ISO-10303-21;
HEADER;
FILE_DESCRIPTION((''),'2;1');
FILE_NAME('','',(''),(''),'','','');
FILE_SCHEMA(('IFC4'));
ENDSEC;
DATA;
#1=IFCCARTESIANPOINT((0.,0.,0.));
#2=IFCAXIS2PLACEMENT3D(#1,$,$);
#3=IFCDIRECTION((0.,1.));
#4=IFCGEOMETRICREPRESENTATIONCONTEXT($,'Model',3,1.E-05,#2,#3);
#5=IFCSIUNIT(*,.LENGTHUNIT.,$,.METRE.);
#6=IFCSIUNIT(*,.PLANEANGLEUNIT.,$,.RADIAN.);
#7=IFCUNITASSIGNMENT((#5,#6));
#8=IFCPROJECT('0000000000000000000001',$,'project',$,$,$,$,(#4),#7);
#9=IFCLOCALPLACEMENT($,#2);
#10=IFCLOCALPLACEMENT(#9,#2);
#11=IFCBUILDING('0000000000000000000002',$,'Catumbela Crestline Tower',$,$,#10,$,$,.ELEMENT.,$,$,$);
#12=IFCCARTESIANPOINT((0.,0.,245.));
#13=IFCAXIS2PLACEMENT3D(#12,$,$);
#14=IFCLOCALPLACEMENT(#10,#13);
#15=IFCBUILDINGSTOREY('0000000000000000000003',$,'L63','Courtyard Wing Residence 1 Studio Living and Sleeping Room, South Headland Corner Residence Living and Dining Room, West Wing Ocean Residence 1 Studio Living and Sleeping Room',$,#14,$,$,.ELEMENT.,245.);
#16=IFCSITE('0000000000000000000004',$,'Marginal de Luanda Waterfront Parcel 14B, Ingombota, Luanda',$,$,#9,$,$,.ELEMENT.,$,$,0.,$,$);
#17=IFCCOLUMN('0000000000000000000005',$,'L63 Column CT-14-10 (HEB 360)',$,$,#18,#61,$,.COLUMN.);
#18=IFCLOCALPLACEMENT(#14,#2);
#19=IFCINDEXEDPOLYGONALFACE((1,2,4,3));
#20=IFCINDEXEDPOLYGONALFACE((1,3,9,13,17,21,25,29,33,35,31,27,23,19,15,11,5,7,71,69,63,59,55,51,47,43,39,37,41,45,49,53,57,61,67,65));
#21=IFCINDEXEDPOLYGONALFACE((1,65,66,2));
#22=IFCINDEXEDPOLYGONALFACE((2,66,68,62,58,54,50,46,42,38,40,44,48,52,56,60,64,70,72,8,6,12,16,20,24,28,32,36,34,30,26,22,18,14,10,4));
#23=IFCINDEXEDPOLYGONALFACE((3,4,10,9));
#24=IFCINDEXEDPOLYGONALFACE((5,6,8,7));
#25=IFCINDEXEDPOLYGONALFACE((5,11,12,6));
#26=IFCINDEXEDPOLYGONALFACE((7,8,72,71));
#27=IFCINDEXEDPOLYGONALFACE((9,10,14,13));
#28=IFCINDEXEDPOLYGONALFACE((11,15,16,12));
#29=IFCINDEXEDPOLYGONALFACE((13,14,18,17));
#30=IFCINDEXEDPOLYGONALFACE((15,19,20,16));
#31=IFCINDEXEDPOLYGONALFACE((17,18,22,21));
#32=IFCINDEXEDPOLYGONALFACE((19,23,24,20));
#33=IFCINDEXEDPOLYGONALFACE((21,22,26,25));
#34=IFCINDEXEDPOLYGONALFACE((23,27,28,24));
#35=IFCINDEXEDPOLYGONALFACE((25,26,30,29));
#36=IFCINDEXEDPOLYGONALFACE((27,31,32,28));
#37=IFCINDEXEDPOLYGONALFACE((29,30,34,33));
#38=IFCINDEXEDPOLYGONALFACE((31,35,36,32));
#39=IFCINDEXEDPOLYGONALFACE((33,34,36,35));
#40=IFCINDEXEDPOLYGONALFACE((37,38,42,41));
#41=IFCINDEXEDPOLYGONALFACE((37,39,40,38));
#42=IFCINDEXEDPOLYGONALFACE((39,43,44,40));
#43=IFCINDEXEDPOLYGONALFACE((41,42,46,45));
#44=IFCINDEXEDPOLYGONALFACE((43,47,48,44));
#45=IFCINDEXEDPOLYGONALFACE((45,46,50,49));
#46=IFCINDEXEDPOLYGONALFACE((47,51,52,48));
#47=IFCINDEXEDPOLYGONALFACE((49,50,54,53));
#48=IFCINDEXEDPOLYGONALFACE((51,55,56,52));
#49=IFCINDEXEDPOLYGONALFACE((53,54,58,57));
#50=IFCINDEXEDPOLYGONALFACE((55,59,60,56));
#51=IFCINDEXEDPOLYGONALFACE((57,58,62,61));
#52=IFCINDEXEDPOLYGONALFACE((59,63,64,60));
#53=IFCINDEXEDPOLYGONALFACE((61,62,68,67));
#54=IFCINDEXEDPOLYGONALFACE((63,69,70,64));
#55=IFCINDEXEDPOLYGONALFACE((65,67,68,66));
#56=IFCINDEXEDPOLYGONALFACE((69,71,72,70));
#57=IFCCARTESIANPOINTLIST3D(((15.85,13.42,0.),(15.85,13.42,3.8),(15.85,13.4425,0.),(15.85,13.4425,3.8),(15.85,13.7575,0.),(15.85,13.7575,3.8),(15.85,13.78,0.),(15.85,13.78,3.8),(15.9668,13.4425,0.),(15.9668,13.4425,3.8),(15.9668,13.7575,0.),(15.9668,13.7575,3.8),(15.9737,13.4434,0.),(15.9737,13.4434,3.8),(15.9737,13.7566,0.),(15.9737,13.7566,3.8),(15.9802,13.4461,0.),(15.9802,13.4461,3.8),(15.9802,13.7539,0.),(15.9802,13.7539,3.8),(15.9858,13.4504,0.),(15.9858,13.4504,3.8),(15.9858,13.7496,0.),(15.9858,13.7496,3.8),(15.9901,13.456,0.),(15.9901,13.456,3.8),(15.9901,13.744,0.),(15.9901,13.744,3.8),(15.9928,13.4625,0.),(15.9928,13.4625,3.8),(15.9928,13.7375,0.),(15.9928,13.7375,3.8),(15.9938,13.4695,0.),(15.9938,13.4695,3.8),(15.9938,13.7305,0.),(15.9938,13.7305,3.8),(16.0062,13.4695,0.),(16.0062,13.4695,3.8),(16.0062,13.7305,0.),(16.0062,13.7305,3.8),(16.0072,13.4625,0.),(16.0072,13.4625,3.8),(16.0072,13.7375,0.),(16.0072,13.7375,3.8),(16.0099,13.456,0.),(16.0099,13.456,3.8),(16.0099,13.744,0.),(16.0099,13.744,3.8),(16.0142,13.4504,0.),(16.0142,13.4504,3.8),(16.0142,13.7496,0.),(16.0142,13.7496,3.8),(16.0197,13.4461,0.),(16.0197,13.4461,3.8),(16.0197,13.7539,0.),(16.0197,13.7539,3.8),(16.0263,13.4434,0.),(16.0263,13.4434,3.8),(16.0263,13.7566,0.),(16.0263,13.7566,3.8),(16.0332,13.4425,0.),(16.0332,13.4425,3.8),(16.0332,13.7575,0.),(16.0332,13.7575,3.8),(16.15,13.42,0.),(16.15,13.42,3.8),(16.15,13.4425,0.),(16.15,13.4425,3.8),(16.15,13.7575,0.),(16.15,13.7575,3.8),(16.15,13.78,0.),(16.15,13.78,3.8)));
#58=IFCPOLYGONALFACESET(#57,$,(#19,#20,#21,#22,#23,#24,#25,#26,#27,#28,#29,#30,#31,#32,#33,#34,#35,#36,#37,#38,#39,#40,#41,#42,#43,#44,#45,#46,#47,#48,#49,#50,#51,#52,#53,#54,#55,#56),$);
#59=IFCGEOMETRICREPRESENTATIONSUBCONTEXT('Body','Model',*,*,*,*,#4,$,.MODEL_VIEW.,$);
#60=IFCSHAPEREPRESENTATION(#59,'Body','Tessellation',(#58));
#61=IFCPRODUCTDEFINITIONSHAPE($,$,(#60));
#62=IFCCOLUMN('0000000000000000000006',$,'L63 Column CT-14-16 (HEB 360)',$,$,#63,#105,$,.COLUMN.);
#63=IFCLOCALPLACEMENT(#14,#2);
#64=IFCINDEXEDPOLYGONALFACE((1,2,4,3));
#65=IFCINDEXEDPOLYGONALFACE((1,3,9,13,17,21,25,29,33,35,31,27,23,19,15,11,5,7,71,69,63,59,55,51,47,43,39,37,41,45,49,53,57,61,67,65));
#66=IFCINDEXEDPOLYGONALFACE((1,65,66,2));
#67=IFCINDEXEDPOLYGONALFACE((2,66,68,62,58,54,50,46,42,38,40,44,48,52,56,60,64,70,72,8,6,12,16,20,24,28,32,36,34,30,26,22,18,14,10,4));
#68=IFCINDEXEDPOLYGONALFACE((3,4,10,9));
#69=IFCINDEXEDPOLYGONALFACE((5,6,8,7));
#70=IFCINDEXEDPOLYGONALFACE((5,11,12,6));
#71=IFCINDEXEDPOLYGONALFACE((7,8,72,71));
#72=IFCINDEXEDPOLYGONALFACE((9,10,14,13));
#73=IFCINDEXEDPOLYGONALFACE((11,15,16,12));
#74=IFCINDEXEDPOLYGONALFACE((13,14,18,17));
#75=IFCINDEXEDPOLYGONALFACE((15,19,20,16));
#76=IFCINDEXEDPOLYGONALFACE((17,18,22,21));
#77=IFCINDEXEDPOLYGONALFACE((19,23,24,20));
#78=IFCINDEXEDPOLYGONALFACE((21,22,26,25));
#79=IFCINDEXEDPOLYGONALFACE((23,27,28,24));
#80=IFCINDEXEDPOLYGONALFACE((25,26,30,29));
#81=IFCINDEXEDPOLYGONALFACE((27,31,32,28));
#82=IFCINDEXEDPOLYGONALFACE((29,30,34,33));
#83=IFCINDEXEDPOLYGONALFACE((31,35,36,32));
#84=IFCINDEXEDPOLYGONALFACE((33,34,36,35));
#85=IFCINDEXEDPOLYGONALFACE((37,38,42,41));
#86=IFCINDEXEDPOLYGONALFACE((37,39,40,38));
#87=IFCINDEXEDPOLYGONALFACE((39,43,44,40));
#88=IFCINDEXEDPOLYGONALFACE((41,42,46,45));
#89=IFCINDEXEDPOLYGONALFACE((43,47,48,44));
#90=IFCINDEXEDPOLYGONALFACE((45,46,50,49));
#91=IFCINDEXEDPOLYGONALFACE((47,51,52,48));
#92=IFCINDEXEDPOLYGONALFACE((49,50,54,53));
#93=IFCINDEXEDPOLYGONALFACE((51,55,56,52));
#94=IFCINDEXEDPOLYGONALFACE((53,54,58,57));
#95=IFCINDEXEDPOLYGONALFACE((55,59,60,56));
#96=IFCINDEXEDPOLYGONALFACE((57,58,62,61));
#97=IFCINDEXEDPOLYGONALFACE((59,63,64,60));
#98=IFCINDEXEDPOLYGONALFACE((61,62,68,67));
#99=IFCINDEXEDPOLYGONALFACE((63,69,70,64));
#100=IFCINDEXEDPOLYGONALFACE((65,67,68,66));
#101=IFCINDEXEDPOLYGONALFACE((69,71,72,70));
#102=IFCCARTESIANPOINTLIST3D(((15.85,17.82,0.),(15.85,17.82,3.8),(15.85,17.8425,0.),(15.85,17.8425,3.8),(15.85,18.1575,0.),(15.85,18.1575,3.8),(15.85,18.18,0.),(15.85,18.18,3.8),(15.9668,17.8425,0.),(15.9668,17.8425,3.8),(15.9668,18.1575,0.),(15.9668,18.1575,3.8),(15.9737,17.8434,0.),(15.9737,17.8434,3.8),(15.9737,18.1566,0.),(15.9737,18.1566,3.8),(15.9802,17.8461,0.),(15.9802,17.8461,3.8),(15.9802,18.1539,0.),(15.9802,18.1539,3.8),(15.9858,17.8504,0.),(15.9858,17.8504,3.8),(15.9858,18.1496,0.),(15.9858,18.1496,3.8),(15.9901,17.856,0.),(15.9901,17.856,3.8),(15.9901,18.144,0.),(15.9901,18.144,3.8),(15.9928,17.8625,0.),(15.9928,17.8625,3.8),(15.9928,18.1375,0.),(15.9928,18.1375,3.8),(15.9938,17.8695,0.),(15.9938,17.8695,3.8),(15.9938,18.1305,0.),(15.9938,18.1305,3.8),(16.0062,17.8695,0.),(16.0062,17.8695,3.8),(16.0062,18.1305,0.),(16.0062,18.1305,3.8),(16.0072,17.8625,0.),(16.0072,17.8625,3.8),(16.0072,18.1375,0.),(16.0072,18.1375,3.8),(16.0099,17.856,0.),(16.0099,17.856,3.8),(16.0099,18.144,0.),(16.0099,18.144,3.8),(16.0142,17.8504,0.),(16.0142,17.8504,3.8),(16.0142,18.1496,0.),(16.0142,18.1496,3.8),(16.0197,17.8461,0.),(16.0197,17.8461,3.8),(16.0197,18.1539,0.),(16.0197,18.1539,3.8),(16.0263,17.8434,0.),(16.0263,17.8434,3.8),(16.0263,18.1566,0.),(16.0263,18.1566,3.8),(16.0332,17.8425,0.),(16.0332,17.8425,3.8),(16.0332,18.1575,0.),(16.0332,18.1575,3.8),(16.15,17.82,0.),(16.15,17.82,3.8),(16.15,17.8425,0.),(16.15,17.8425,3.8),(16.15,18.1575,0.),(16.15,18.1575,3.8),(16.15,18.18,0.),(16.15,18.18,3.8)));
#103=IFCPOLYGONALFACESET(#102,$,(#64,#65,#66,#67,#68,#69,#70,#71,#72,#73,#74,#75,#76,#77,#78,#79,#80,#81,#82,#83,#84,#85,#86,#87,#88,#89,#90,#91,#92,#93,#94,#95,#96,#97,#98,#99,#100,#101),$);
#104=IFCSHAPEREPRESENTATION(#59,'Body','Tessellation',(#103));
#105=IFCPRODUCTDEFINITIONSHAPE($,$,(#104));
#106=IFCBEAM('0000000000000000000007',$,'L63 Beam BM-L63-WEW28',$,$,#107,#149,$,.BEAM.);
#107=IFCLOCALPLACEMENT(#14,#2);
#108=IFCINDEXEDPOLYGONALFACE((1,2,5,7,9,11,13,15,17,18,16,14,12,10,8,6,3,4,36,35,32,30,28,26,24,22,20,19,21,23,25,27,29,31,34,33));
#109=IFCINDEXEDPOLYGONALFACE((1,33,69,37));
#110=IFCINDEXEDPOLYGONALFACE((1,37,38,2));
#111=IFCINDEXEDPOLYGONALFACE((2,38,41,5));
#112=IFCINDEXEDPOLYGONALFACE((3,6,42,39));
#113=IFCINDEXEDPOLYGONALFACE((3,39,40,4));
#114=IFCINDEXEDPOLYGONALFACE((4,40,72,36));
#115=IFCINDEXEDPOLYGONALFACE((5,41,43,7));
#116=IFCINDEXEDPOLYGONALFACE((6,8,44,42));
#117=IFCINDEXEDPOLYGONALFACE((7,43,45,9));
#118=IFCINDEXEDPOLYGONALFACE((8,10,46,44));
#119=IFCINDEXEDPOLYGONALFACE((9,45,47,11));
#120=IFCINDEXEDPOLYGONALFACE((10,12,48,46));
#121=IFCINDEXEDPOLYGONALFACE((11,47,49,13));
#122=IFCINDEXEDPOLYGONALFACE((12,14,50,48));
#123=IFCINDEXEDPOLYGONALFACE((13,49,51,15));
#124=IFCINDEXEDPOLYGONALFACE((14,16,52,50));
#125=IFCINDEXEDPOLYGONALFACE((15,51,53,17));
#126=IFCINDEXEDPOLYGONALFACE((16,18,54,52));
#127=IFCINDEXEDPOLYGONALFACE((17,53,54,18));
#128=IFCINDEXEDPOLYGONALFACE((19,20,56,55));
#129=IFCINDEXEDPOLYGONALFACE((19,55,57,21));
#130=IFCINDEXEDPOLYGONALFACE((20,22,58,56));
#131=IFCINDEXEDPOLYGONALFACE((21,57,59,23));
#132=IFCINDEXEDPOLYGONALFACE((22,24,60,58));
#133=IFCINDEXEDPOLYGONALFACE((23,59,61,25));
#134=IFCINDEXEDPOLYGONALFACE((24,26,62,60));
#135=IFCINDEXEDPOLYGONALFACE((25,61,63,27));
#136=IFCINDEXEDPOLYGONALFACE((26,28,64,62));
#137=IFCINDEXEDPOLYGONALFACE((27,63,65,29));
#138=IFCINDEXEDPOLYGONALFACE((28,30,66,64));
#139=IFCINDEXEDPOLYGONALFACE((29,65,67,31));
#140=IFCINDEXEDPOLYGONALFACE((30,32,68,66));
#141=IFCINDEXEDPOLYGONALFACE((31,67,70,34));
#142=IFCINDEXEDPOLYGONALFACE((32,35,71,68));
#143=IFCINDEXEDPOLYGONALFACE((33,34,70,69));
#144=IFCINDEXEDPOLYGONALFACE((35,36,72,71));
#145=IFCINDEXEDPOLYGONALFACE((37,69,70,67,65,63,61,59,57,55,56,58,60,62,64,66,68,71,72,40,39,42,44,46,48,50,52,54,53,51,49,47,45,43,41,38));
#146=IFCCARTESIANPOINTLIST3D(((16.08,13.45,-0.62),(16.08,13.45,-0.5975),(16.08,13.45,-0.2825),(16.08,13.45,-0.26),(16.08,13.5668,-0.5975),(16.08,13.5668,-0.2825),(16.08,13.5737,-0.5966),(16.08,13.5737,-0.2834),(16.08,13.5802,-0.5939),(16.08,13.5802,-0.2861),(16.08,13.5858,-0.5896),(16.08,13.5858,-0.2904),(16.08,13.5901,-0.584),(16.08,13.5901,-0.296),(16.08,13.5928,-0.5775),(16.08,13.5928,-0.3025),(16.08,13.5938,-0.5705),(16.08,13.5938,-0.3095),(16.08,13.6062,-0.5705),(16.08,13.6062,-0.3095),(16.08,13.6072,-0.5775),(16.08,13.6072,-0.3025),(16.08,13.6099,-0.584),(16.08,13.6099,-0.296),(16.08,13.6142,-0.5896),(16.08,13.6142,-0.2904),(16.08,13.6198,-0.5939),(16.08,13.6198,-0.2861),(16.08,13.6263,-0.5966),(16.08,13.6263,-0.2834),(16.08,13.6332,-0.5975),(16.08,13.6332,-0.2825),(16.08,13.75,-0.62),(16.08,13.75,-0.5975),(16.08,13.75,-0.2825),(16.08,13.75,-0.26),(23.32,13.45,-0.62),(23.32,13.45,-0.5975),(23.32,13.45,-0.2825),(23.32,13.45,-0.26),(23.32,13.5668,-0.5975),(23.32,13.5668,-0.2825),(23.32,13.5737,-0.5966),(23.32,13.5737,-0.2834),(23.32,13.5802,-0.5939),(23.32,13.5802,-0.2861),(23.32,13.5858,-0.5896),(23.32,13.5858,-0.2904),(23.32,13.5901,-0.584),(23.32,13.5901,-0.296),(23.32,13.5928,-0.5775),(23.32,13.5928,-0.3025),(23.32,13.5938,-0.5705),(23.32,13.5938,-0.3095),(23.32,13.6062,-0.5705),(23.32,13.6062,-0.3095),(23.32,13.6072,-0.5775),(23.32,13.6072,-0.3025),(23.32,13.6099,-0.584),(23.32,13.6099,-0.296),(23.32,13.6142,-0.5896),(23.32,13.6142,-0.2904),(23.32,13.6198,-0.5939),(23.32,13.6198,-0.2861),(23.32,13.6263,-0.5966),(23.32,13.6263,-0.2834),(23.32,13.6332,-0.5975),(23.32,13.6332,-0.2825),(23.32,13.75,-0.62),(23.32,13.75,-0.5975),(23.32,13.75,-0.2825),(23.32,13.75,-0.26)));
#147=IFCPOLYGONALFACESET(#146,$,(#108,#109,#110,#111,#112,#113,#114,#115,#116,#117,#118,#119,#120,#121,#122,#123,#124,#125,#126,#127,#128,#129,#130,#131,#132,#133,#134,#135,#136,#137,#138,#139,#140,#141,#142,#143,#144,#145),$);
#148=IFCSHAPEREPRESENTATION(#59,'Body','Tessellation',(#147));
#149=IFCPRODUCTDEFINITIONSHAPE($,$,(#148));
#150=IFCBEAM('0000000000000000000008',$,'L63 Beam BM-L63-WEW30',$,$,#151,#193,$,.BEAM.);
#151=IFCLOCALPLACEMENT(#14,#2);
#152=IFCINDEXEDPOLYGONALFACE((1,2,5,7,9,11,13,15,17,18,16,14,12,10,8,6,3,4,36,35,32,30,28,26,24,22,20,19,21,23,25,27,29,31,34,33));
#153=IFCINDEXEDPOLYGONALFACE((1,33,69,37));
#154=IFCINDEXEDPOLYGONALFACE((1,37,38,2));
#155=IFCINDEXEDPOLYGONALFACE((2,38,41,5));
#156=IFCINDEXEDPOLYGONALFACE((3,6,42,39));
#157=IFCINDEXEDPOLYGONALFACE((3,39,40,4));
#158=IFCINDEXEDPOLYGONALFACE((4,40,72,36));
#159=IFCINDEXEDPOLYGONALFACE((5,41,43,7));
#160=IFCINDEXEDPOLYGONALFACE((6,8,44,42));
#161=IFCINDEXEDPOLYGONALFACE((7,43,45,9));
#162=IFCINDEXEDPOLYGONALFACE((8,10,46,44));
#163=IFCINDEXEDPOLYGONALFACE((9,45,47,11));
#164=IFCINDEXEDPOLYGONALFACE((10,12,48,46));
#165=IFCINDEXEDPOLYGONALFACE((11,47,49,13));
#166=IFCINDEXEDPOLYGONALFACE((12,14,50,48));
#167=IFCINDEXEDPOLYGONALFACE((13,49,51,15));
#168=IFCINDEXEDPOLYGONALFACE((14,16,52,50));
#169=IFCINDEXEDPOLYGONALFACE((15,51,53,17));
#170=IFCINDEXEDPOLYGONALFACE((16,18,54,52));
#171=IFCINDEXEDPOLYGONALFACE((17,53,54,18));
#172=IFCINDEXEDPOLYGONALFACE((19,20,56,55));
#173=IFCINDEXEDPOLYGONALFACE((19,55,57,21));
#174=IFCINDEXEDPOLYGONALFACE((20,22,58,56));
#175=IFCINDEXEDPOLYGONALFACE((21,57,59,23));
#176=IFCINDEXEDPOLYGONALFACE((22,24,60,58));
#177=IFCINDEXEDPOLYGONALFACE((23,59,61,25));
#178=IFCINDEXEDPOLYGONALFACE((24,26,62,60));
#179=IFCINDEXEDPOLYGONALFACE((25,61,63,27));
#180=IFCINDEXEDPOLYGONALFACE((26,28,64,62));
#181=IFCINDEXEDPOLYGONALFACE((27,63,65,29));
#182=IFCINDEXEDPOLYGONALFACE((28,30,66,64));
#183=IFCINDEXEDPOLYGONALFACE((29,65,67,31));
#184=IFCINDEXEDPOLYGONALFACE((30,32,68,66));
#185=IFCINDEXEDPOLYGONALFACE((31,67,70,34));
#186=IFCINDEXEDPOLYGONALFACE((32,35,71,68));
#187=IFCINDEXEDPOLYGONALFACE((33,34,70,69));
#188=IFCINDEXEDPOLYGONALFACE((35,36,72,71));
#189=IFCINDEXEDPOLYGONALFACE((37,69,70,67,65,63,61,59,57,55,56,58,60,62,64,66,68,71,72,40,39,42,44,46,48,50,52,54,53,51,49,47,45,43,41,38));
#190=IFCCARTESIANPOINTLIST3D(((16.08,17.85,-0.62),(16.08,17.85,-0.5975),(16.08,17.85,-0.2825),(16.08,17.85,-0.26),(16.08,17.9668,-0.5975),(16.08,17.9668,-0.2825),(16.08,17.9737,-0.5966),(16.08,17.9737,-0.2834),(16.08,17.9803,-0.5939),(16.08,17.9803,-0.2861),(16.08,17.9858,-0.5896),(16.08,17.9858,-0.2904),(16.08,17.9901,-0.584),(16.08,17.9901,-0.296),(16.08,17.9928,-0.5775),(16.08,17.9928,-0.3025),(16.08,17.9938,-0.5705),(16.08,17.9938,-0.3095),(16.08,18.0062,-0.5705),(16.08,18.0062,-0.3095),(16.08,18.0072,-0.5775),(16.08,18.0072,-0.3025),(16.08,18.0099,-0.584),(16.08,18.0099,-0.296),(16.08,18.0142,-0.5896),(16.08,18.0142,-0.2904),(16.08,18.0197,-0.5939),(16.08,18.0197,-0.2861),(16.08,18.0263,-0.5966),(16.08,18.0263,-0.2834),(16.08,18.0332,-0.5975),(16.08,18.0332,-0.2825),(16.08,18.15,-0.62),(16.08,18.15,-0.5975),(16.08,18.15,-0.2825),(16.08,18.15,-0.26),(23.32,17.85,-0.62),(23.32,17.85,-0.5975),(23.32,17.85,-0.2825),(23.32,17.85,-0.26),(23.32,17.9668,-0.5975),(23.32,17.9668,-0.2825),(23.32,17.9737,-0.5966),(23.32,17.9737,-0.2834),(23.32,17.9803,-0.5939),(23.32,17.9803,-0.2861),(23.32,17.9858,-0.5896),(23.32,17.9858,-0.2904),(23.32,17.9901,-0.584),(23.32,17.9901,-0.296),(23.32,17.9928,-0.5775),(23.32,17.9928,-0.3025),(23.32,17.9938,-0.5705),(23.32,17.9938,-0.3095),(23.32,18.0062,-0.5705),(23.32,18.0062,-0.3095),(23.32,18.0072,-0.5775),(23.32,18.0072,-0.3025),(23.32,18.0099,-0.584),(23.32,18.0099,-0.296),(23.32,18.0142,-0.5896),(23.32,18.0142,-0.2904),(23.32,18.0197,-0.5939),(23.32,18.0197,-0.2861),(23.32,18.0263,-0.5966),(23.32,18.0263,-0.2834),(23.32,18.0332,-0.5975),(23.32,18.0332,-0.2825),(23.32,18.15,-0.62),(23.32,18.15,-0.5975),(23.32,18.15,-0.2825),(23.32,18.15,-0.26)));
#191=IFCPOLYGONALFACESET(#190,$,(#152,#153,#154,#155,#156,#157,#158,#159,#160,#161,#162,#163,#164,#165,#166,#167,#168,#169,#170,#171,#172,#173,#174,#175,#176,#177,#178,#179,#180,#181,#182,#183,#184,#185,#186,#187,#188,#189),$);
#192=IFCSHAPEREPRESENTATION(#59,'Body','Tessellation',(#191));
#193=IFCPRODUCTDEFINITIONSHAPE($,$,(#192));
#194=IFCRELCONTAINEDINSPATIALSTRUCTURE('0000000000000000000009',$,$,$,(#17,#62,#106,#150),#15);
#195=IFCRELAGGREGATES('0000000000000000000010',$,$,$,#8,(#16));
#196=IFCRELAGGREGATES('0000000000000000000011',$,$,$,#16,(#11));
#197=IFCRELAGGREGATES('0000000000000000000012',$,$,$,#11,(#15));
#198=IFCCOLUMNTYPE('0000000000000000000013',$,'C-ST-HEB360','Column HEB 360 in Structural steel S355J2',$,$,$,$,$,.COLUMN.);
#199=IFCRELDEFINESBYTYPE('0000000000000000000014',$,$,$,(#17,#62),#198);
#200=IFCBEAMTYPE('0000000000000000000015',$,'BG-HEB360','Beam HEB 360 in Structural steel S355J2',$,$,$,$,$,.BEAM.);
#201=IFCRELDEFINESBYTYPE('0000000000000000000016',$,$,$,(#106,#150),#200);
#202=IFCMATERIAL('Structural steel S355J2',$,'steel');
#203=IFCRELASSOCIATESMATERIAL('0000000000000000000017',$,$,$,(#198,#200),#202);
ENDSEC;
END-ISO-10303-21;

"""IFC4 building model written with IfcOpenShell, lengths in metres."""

from ifc_helpers import new_model, si_unit, direction, frame, origin, origin_2d, place, context, subcontext, project, spatial, i_section, extrude, material, material_profile, profile_set, type_object, element, save


model = new_model("IFC4")

# Units and contexts
model_context = context("Model", 3, precision=1e-05, world=origin(), true_north=direction((0.0, 1.0)))
body_context = subcontext(model_context, "Body", "Model", "MODEL_VIEW")
ifc_project = project(units=[si_unit("LENGTHUNIT", "METRE"), si_unit("PLANEANGLEUNIT", "RADIAN")], contexts=[model_context])

# Site, building, storey
site_placement = place(None, origin())
site = spatial("IfcSite", under=ifc_project, at=site_placement, Name="Marginal de Luanda Waterfront Parcel 14B, Ingombota, Luanda", CompositionType="ELEMENT", RefElevation=0.0)
building_placement = place(site_placement, origin())
building = spatial("IfcBuilding", under=site, at=building_placement, Name="Catumbela Crestline Tower", CompositionType="ELEMENT")
storey_placement = place(building_placement, frame((0.0, 0.0, 245.0)))
storey = spatial("IfcBuildingStorey", under=building, at=storey_placement, Name="L63", Description="Courtyard Wing Residence 1 Studio Living and Sleeping Room, South Headland Corner Residence Living and Dining Room, West Wing Ocean Residence 1 Studio Living and Sleeping Room", CompositionType="ELEMENT", Elevation=245.0)

# Columns
ifc_material_1 = material(Name="Structural steel S355J2", Category="steel")
ifc_material_profile_1 = material_profile(ifc_material_1, i_section(OverallWidth=0.3, OverallDepth=0.36, WebThickness=0.0125, FlangeThickness=0.0225, FilletRadius=0.027, at=origin_2d()), Name="HEB 360")
ifc_profile_set_1 = profile_set([ifc_material_profile_1], Name="Structural steel S355J2")
column_type = type_object("IfcColumnType", Name="C-ST-HEB360", Description="Column HEB 360 in Structural steel S355J2", PredefinedType="COLUMN", material=ifc_profile_set_1)
for number, where, z_axis, x_axis, name in (
    (1, (16.0, 13.6, 0.0), (0.0, 0.0, 1.0), (1.0, 0.0, 0.0), "L63 Column CT-14-10 (HEB 360)"),
    (2, (16.0, 18.0, 0.0), (0.0, 0.0, 1.0), (1.0, 0.0, 0.0), "L63 Column CT-14-16 (HEB 360)"),
):
    element("IfcColumn", number, at=place(storey_placement, frame(where, z_axis=z_axis, x_axis=x_axis)), inside=storey, type_object=column_type, Name=name, PredefinedType="COLUMN", context=body_context, shape_type="SweptSolid", body=[
        extrude(i_section(OverallWidth=0.3, OverallDepth=0.36, WebThickness=0.0125, FlangeThickness=0.0225, FilletRadius=0.027, at=origin_2d()), origin(), (0.0, 0.0, 1.0), 3.8),
    ])

# Beams
ifc_material_profile_2 = material_profile(ifc_material_1, i_section(OverallWidth=0.3, OverallDepth=0.36, WebThickness=0.0125, FlangeThickness=0.0225, FilletRadius=0.027, at=origin_2d()), Name="HEB 360")
ifc_profile_set_2 = profile_set([ifc_material_profile_2], Name="Structural steel S355J2")
beam_type_1 = type_object("IfcBeamType", Name="BG-HEB360", Description="Beam HEB 360 in Structural steel S355J2", PredefinedType="BEAM", material=ifc_profile_set_2)
for number, where, z_axis, x_axis, name in (
    (3, (16.08, 13.6, -0.44), (1.0, 0.0, 0.0), (0.0, 1.0, 0.0), "L63 Beam BM-L63-WEW28"),
    (4, (16.08, 18.0, -0.44), (1.0, 0.0, 0.0), (0.0, 1.0, 0.0), "L63 Beam BM-L63-WEW30"),
):
    element("IfcBeam", number, at=place(storey_placement, frame(where, z_axis=z_axis, x_axis=x_axis)), inside=storey, type_object=beam_type_1, Name=name, PredefinedType="BEAM", context=body_context, shape_type="SweptSolid", body=[
        extrude(i_section(OverallWidth=0.3, OverallDepth=0.36, WebThickness=0.0125, FlangeThickness=0.0225, FilletRadius=0.027, at=origin_2d()), origin(), (0.0, 0.0, 1.0), 7.24),
    ])

save(model, "model.ifc")
